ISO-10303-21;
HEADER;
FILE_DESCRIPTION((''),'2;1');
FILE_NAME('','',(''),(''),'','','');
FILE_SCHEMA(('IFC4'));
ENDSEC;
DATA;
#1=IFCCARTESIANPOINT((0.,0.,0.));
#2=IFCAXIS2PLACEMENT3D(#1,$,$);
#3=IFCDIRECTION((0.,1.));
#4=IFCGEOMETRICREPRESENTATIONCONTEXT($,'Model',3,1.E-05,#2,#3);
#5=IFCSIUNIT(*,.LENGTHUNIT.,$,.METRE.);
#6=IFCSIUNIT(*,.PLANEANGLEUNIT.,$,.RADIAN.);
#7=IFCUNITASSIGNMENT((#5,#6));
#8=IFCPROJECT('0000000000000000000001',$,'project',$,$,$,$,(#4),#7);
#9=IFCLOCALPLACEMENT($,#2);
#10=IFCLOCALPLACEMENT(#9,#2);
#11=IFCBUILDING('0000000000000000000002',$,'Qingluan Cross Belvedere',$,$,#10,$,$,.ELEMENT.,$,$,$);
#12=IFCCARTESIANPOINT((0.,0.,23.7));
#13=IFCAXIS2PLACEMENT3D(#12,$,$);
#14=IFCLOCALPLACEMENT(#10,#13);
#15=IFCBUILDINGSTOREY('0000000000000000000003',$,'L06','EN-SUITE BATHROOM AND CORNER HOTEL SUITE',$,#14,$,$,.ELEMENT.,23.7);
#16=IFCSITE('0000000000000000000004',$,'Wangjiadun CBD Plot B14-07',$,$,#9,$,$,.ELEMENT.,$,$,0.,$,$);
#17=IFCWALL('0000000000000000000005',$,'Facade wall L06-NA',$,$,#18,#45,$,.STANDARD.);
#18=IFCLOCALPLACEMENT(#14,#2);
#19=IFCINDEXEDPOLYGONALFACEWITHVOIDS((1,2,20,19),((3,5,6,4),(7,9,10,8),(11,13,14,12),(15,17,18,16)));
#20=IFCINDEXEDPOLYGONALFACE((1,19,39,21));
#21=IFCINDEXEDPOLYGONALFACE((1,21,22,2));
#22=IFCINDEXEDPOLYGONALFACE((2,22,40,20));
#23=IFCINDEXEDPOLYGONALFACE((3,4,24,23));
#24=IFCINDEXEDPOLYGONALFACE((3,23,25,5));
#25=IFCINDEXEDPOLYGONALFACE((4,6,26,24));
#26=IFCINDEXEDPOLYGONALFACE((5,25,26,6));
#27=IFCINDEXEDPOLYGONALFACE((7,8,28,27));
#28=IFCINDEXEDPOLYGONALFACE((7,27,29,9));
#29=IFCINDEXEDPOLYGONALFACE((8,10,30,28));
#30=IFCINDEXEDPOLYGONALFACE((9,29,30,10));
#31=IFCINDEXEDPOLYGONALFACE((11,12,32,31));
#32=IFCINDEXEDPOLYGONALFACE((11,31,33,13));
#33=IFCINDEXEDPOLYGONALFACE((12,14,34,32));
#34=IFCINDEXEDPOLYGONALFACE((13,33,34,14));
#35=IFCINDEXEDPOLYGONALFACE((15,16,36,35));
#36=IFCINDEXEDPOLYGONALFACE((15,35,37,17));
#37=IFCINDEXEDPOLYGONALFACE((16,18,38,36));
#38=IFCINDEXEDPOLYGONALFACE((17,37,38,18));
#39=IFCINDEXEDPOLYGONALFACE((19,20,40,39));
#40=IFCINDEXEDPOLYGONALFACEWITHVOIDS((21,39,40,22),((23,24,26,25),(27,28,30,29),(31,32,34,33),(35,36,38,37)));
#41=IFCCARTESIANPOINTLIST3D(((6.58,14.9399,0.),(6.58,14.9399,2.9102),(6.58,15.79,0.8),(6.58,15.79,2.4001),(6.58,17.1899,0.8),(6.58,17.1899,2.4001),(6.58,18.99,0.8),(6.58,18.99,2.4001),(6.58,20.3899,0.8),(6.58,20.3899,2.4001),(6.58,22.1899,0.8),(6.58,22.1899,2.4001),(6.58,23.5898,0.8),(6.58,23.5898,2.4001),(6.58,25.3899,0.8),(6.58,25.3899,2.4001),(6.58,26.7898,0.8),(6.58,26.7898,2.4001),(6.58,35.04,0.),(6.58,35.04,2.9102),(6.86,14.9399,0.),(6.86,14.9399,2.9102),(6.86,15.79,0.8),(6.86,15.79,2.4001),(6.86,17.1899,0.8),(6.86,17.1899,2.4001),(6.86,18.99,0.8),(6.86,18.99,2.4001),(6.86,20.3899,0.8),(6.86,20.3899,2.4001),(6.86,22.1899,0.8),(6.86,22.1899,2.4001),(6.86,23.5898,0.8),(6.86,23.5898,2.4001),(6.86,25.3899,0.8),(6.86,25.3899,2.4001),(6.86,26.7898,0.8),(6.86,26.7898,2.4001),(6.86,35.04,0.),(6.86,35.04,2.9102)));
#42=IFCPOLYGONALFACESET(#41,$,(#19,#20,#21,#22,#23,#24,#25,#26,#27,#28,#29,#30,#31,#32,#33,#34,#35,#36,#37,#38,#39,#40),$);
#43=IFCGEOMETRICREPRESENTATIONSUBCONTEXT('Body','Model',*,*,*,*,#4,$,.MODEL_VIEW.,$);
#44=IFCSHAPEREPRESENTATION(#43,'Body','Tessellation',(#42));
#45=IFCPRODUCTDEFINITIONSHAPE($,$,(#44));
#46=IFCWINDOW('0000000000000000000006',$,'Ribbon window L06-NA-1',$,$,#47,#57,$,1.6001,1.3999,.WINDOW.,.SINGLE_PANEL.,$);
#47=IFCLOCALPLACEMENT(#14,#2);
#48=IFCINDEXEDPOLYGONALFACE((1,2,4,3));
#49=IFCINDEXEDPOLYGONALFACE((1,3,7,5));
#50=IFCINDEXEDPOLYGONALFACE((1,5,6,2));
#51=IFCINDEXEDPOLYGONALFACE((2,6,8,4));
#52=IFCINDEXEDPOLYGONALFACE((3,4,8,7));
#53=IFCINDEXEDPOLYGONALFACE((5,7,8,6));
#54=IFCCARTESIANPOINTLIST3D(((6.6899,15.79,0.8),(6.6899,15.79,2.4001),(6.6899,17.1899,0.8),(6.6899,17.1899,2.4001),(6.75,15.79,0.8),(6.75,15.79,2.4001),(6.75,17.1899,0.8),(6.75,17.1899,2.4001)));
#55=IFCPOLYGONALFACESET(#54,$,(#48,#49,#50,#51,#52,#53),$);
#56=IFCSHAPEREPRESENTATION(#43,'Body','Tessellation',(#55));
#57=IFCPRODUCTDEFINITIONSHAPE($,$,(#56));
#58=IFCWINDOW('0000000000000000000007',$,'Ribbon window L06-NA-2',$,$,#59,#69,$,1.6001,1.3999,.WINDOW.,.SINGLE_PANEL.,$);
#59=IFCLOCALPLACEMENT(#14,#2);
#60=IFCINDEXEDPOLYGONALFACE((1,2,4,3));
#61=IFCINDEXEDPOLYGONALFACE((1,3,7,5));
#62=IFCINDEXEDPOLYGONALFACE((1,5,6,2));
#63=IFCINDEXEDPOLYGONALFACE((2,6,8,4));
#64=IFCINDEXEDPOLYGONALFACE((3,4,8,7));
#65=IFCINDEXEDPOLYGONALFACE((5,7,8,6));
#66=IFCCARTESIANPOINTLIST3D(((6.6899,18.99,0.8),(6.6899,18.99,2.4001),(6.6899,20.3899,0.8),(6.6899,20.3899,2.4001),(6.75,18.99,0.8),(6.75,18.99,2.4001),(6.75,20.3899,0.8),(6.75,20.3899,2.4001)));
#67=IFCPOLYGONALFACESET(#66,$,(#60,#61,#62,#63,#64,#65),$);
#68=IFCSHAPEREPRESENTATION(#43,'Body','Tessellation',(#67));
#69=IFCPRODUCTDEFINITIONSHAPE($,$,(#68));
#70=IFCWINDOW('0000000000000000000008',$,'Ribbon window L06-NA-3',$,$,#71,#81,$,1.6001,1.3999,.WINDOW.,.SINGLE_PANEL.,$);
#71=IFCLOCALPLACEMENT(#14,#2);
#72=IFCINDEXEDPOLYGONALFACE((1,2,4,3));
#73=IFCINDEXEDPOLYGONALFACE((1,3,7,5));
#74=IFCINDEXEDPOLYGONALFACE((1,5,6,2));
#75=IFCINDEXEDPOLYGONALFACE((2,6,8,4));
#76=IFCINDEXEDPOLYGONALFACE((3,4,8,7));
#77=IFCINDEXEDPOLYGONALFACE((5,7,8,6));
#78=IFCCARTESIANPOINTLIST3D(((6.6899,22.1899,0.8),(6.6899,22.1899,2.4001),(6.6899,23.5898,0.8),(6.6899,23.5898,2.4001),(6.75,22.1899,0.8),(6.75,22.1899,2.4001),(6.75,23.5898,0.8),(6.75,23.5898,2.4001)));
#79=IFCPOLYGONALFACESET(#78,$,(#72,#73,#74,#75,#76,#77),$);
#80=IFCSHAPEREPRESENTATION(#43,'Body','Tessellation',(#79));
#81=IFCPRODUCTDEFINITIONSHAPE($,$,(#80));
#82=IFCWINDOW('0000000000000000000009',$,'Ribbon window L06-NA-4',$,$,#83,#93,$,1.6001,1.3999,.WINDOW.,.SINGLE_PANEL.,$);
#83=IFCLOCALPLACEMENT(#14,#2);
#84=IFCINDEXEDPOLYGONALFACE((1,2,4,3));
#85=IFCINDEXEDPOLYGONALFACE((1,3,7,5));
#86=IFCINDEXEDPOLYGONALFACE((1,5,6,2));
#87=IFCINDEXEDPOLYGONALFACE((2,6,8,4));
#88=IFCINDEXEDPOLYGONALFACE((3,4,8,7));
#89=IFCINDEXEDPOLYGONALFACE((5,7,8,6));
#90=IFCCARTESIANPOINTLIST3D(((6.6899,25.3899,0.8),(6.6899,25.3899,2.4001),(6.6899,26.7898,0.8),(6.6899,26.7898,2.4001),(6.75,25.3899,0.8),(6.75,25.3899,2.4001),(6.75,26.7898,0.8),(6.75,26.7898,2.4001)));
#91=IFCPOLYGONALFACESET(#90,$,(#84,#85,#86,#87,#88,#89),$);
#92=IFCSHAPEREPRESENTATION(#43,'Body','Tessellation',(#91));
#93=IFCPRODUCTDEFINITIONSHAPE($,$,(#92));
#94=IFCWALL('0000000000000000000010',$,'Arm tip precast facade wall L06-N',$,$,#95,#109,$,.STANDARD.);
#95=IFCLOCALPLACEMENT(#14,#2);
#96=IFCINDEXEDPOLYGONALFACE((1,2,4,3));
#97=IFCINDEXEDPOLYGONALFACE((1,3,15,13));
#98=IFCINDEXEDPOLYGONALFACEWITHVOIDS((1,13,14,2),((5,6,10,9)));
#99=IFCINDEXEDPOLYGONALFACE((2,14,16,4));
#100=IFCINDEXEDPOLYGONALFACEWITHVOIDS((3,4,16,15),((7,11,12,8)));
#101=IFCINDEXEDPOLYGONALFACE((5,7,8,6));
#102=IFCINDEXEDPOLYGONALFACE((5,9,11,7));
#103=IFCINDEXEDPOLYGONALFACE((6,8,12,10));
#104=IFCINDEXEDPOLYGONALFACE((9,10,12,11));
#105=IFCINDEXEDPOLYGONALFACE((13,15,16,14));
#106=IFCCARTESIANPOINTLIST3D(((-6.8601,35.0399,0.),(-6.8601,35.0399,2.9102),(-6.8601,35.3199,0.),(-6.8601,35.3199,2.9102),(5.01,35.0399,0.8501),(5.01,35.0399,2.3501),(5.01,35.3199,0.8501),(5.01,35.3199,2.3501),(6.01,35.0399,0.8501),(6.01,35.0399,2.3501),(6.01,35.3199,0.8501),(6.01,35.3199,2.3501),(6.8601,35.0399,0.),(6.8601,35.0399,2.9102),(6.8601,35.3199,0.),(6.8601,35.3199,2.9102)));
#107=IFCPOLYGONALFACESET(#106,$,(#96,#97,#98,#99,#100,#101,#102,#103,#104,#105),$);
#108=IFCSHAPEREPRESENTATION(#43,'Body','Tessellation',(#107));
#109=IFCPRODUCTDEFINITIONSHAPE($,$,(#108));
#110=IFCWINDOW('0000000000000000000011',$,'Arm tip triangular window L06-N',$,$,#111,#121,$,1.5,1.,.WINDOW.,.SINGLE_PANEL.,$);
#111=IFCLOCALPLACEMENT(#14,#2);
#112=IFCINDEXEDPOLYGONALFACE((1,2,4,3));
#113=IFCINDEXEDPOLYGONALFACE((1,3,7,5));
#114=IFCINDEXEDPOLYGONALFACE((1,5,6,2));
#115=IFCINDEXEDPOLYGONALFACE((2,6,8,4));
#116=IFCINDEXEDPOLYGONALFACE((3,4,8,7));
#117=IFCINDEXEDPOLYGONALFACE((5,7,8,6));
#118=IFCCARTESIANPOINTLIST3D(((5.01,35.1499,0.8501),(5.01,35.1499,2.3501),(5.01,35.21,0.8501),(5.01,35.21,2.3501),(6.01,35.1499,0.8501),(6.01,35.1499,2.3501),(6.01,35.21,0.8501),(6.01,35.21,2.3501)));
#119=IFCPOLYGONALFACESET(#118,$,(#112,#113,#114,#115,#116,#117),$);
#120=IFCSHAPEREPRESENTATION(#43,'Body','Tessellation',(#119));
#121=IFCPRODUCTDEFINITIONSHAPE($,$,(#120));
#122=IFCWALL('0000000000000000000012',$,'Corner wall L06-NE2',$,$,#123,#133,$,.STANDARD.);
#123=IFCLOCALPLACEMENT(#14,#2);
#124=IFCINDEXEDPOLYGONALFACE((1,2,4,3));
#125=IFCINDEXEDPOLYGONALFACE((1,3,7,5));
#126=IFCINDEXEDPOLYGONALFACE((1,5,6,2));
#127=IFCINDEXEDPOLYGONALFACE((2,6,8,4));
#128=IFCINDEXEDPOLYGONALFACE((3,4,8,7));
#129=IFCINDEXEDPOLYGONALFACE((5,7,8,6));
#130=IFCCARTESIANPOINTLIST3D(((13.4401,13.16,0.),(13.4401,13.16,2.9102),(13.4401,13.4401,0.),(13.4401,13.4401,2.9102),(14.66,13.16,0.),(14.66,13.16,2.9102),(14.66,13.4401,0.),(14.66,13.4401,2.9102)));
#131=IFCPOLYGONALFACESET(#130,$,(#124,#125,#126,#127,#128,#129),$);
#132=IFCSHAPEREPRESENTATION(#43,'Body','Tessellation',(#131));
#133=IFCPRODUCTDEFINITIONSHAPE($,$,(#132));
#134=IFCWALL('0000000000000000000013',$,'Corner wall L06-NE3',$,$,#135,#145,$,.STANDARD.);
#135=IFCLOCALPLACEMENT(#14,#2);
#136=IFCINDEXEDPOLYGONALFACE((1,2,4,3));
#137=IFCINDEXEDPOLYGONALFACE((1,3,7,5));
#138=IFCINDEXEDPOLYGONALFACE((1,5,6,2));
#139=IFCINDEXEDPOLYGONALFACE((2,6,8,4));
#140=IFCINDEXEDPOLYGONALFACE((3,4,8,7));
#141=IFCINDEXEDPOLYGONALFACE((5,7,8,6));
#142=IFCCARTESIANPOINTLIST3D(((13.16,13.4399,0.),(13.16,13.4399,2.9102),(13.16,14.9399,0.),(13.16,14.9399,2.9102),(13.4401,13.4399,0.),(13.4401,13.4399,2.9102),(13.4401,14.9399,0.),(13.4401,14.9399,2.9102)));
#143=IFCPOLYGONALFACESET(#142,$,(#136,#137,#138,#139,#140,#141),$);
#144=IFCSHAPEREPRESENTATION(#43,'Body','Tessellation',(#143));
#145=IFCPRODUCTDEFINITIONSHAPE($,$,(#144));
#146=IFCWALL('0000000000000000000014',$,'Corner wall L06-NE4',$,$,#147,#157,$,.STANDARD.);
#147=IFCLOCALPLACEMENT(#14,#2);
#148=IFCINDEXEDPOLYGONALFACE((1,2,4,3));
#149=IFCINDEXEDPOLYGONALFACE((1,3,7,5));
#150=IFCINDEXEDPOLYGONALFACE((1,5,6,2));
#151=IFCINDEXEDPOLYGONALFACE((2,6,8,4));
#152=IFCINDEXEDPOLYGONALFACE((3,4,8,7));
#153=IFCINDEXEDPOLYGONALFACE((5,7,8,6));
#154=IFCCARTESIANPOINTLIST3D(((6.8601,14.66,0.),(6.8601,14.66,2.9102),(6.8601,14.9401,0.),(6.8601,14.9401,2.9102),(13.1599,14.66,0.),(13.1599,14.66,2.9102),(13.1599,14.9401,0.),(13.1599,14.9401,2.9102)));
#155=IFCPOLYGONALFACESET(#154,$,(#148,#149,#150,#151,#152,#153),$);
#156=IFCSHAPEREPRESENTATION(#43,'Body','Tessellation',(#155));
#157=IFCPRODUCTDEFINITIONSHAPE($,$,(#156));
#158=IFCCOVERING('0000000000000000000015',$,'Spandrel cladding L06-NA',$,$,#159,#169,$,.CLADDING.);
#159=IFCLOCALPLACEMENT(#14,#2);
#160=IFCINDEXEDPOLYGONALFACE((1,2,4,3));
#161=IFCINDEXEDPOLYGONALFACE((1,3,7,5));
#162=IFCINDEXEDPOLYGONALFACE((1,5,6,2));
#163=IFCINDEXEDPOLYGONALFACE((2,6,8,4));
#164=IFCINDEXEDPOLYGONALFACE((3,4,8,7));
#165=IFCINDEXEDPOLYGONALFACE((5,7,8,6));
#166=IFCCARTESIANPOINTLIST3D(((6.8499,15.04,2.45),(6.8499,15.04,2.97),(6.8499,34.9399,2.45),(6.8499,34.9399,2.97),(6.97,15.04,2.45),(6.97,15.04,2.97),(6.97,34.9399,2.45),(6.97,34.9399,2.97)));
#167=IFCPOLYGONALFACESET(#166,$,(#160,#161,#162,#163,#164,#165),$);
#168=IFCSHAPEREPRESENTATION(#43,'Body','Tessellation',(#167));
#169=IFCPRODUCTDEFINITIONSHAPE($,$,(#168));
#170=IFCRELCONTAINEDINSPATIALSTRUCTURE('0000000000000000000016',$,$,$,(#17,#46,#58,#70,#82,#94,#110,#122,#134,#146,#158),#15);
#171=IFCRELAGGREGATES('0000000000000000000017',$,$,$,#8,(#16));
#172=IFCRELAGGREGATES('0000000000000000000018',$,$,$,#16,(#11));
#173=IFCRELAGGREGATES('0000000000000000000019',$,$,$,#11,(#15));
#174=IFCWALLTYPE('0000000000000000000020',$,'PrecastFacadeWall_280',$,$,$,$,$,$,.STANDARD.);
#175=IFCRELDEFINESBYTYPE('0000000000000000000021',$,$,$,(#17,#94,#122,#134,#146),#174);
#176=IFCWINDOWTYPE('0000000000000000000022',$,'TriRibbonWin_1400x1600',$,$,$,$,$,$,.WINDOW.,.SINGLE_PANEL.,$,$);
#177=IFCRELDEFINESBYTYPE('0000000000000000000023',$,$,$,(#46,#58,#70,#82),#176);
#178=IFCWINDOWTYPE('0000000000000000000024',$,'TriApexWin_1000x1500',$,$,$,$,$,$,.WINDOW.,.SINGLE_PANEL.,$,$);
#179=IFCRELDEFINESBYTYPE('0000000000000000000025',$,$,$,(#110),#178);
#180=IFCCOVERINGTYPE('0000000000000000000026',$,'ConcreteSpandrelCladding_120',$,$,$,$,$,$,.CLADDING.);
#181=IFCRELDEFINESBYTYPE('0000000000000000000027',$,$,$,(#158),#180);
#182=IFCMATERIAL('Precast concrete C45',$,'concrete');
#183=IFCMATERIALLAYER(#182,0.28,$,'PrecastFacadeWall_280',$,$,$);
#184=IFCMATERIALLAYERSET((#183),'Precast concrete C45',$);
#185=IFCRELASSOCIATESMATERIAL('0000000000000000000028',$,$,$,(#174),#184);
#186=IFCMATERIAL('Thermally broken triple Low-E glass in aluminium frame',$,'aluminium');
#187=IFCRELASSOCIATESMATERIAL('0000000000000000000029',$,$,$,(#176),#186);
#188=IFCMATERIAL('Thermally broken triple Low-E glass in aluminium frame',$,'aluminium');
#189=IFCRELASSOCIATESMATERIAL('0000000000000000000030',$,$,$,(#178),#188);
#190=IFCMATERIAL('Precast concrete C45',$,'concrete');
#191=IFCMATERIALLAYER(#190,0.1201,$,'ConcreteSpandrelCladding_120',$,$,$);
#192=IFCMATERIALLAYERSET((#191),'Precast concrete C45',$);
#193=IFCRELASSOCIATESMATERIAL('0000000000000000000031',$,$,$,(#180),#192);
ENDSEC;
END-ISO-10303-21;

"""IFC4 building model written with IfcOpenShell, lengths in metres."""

from ifc_helpers import new_model, si_unit, direction, frame, frame_2d, origin, origin_2d, place, context, subcontext, project, spatial, rectangle, extrude, material, layer, layer_set, type_object, element, fill, save


model = new_model("IFC4")

# Units and contexts
model_context = context("Model", 3, precision=1e-05, world=origin(), true_north=direction((0.0, 1.0)))
body_context = subcontext(model_context, "Body", "Model", "MODEL_VIEW")
ifc_project = project(units=[si_unit("LENGTHUNIT", "METRE"), si_unit("PLANEANGLEUNIT", "RADIAN")], contexts=[model_context])

# Site, building, storey
site_placement = place(None, origin())
site = spatial("IfcSite", under=ifc_project, at=site_placement, Name="Wangjiadun CBD Plot B14-07", CompositionType="ELEMENT", RefElevation=0.0)
building_placement = place(site_placement, origin())
building = spatial("IfcBuilding", under=site, at=building_placement, Name="Qingluan Cross Belvedere", CompositionType="ELEMENT")
storey_placement = place(building_placement, frame((0.0, 0.0, 23.7)))
storey = spatial("IfcBuildingStorey", under=building, at=storey_placement, Name="L06", Description="EN-SUITE BATHROOM AND CORNER HOTEL SUITE", CompositionType="ELEMENT", Elevation=23.7)

# Wall, openings, windows
ifc_material_1 = material(Name="Precast concrete C45", Category="concrete")
ifc_layer_1 = layer(ifc_material_1, 0.28, Name="PrecastFacadeWall_280")
ifc_layer_set_1 = layer_set([ifc_layer_1], Name="Precast concrete C45")
wall_type_1 = type_object("IfcWallType", Name="PrecastFacadeWall_280", PredefinedType="STANDARD", material=ifc_layer_set_1)
wall_1_placement = place(storey_placement, frame((6.72, 14.9399, 0.0), z_axis=(0.0, 0.0, 1.0), x_axis=(0.0, 1.0, 0.0)))
wall_1 = element("IfcWall", 1, at=wall_1_placement, inside=storey, type_object=wall_type_1, Name="Facade wall L06-NA", PredefinedType="STANDARD", context=body_context, shape_type="SweptSolid", body=[
    extrude(rectangle(XDim=20.1001, YDim=0.28, at=frame_2d((10.05, 0.0))), origin(), (0.0, 0.0, 1.0), 2.9102),
])
opening_1_placement = place(wall_1_placement, frame((0.8501, 0.0, 0.8)))
opening_1 = element("IfcOpeningElement", 2, at=opening_1_placement, cuts=wall_1, PredefinedType="OPENING", context=body_context, shape_type="SweptSolid", body=[
    extrude(rectangle(XDim=1.3999, YDim=1.6001, at=frame_2d((0.7, 0.8))), frame((0.0, 0.1499, 0.0), z_axis=(0.0, -1.0, 0.0), x_axis=(1.0, 0.0, 0.0)), (0.0, 0.0, 1.0), 0.3),
])
opening_2_placement = place(wall_1_placement, frame((4.05, 0.0, 0.8)))
opening_2 = element("IfcOpeningElement", 3, at=opening_2_placement, cuts=wall_1, PredefinedType="OPENING", context=body_context, shape_type="SweptSolid", body=[
    extrude(rectangle(XDim=1.3999, YDim=1.6001, at=frame_2d((0.7, 0.8))), frame((0.0, 0.1499, 0.0), z_axis=(0.0, -1.0, 0.0), x_axis=(1.0, 0.0, 0.0)), (0.0, 0.0, 1.0), 0.3),
])
opening_3_placement = place(wall_1_placement, frame((7.25, 0.0, 0.8)))
opening_3 = element("IfcOpeningElement", 4, at=opening_3_placement, cuts=wall_1, PredefinedType="OPENING", context=body_context, shape_type="SweptSolid", body=[
    extrude(rectangle(XDim=1.3999, YDim=1.6001, at=frame_2d((0.7, 0.8))), frame((0.0, 0.1499, 0.0), z_axis=(0.0, -1.0, 0.0), x_axis=(1.0, 0.0, 0.0)), (0.0, 0.0, 1.0), 0.3),
])
opening_4_placement = place(wall_1_placement, frame((10.45, 0.0, 0.8)))
opening_4 = element("IfcOpeningElement", 5, at=opening_4_placement, cuts=wall_1, PredefinedType="OPENING", context=body_context, shape_type="SweptSolid", body=[
    extrude(rectangle(XDim=1.3999, YDim=1.6001, at=frame_2d((0.7, 0.8))), frame((0.0, 0.1499, 0.0), z_axis=(0.0, -1.0, 0.0), x_axis=(1.0, 0.0, 0.0)), (0.0, 0.0, 1.0), 0.3),
])
ifc_material_2 = material(Name="Thermally broken triple Low-E glass in aluminium frame", Category="aluminium")
window_type_1 = type_object("IfcWindowType", Name="TriRibbonWin_1400x1600", PartitioningType="SINGLE_PANEL", PredefinedType="WINDOW", material=ifc_material_2)
window_1_placement = place(opening_1_placement, origin())
window_1 = element("IfcWindow", 6, at=window_1_placement, inside=storey, type_object=window_type_1, Name="Ribbon window L06-NA-1", OverallHeight=1.6001, OverallWidth=1.3999, PartitioningType="SINGLE_PANEL", PredefinedType="WINDOW", context=body_context, shape_type="SweptSolid", body=[
    extrude(rectangle(XDim=1.3999, YDim=1.6001, at=frame_2d((0.7, 0.8))), frame((0.0, 0.03, 0.0), z_axis=(0.0, -1.0, 0.0), x_axis=(1.0, 0.0, 0.0)), (0.0, 0.0, 1.0), 0.0601),
])
fill(opening_1, window_1)
window_2_placement = place(opening_2_placement, origin())
window_2 = element("IfcWindow", 7, at=window_2_placement, inside=storey, type_object=window_type_1, Name="Ribbon window L06-NA-2", OverallHeight=1.6001, OverallWidth=1.3999, PartitioningType="SINGLE_PANEL", PredefinedType="WINDOW", context=body_context, shape_type="SweptSolid", body=[
    extrude(rectangle(XDim=1.3999, YDim=1.6001, at=frame_2d((0.7, 0.8))), frame((0.0, 0.03, 0.0), z_axis=(0.0, -1.0, 0.0), x_axis=(1.0, 0.0, 0.0)), (0.0, 0.0, 1.0), 0.0601),
])
fill(opening_2, window_2)
window_3_placement = place(opening_3_placement, origin())
window_3 = element("IfcWindow", 8, at=window_3_placement, inside=storey, type_object=window_type_1, Name="Ribbon window L06-NA-3", OverallHeight=1.6001, OverallWidth=1.3999, PartitioningType="SINGLE_PANEL", PredefinedType="WINDOW", context=body_context, shape_type="SweptSolid", body=[
    extrude(rectangle(XDim=1.3999, YDim=1.6001, at=frame_2d((0.7, 0.8))), frame((0.0, 0.03, 0.0), z_axis=(0.0, -1.0, 0.0), x_axis=(1.0, 0.0, 0.0)), (0.0, 0.0, 1.0), 0.0601),
])
fill(opening_3, window_3)
window_4_placement = place(opening_4_placement, origin())
window_4 = element("IfcWindow", 9, at=window_4_placement, inside=storey, type_object=window_type_1, Name="Ribbon window L06-NA-4", OverallHeight=1.6001, OverallWidth=1.3999, PartitioningType="SINGLE_PANEL", PredefinedType="WINDOW", context=body_context, shape_type="SweptSolid", body=[
    extrude(rectangle(XDim=1.3999, YDim=1.6001, at=frame_2d((0.7, 0.8))), frame((0.0, 0.03, 0.0), z_axis=(0.0, -1.0, 0.0), x_axis=(1.0, 0.0, 0.0)), (0.0, 0.0, 1.0), 0.0601),
])
fill(opening_4, window_4)

# Wall, opening, window
wall_2_placement = place(storey_placement, frame((6.8601, 35.1799, 0.0), z_axis=(0.0, 0.0, 1.0), x_axis=(-1.0, 0.0, 0.0)))
wall_2 = element("IfcWall", 10, at=wall_2_placement, inside=storey, type_object=wall_type_1, Name="Arm tip precast facade wall L06-N", PredefinedType="STANDARD", context=body_context, shape_type="SweptSolid", body=[
    extrude(rectangle(XDim=13.7202, YDim=0.28, at=frame_2d((6.8601, 0.0))), origin(), (0.0, 0.0, 1.0), 2.9102),
])
opening_5_placement = place(wall_2_placement, frame((0.8501, 0.0, 0.8501)))
opening_5 = element("IfcOpeningElement", 11, at=opening_5_placement, cuts=wall_2, PredefinedType="OPENING", context=body_context, shape_type="SweptSolid", body=[
    extrude(rectangle(XDim=1.0, YDim=1.5, at=frame_2d((0.5, 0.75))), frame((0.0, 0.1499, 0.0), z_axis=(0.0, -1.0, 0.0), x_axis=(1.0, 0.0, 0.0)), (0.0, 0.0, 1.0), 0.3),
])
ifc_material_3 = material(Name="Thermally broken triple Low-E glass in aluminium frame", Category="aluminium")
window_type_2 = type_object("IfcWindowType", Name="TriApexWin_1000x1500", PartitioningType="SINGLE_PANEL", PredefinedType="WINDOW", material=ifc_material_3)
window_5_placement = place(opening_5_placement, origin())
window_5 = element("IfcWindow", 12, at=window_5_placement, inside=storey, type_object=window_type_2, Name="Arm tip triangular window L06-N", OverallHeight=1.5, OverallWidth=1.0, PartitioningType="SINGLE_PANEL", PredefinedType="WINDOW", context=body_context, shape_type="SweptSolid", body=[
    extrude(rectangle(XDim=1.0, YDim=1.5, at=frame_2d((0.5, 0.75))), frame((0.0, 0.03, 0.0), z_axis=(0.0, -1.0, 0.0), x_axis=(1.0, 0.0, 0.0)), (0.0, 0.0, 1.0), 0.0601),
])
fill(opening_5, window_5)

# Walls
wall_3_placement = place(storey_placement, frame((14.6599, 13.3, 0.0), z_axis=(0.0, 0.0, 1.0), x_axis=(-1.0, 0.0, 0.0)))
element("IfcWall", 13, at=wall_3_placement, inside=storey, type_object=wall_type_1, Name="Corner wall L06-NE2", PredefinedType="STANDARD", context=body_context, shape_type="SweptSolid", body=[
    extrude(rectangle(XDim=1.22, YDim=0.28, at=frame_2d((0.6099, 0.0))), origin(), (0.0, 0.0, 1.0), 2.9102),
])
wall_4_placement = place(storey_placement, frame((13.3, 13.4399, 0.0), z_axis=(0.0, 0.0, 1.0), x_axis=(0.0, 1.0, 0.0)))
element("IfcWall", 14, at=wall_4_placement, inside=storey, type_object=wall_type_1, Name="Corner wall L06-NE3", PredefinedType="STANDARD", context=body_context, shape_type="SweptSolid", body=[
    extrude(rectangle(XDim=1.5, YDim=0.28, at=frame_2d((0.75, 0.0))), origin(), (0.0, 0.0, 1.0), 2.9102),
])
wall_5_placement = place(storey_placement, frame((13.1599, 14.8, 0.0), z_axis=(0.0, 0.0, 1.0), x_axis=(-1.0, 0.0, 0.0)))
element("IfcWall", 15, at=wall_5_placement, inside=storey, type_object=wall_type_1, Name="Corner wall L06-NE4", PredefinedType="STANDARD", context=body_context, shape_type="SweptSolid", body=[
    extrude(rectangle(XDim=6.2998, YDim=0.28, at=frame_2d((3.1499, 0.0))), origin(), (0.0, 0.0, 1.0), 2.9102),
])

# Covering
ifc_material_4 = material(Name="Precast concrete C45", Category="concrete")
ifc_layer_2 = layer(ifc_material_4, 0.1201, Name="ConcreteSpandrelCladding_120")
ifc_layer_set_2 = layer_set([ifc_layer_2], Name="Precast concrete C45")
covering_type_1 = type_object("IfcCoveringType", Name="ConcreteSpandrelCladding_120", PredefinedType="CLADDING", material=ifc_layer_set_2)
covering_1_placement = place(storey_placement, frame((6.9099, 24.99, 2.45), z_axis=(0.0, 0.0, 1.0), x_axis=(0.0, 1.0, 0.0)))
element("IfcCovering", 16, at=covering_1_placement, inside=storey, type_object=covering_type_1, Name="Spandrel cladding L06-NA", PredefinedType="CLADDING", context=body_context, shape_type="SweptSolid", body=[
    extrude(rectangle(XDim=19.8999, YDim=0.1201, at=origin_2d()), origin(), (0.0, 0.0, 1.0), 0.52),
])

save(model, "model.ifc")
